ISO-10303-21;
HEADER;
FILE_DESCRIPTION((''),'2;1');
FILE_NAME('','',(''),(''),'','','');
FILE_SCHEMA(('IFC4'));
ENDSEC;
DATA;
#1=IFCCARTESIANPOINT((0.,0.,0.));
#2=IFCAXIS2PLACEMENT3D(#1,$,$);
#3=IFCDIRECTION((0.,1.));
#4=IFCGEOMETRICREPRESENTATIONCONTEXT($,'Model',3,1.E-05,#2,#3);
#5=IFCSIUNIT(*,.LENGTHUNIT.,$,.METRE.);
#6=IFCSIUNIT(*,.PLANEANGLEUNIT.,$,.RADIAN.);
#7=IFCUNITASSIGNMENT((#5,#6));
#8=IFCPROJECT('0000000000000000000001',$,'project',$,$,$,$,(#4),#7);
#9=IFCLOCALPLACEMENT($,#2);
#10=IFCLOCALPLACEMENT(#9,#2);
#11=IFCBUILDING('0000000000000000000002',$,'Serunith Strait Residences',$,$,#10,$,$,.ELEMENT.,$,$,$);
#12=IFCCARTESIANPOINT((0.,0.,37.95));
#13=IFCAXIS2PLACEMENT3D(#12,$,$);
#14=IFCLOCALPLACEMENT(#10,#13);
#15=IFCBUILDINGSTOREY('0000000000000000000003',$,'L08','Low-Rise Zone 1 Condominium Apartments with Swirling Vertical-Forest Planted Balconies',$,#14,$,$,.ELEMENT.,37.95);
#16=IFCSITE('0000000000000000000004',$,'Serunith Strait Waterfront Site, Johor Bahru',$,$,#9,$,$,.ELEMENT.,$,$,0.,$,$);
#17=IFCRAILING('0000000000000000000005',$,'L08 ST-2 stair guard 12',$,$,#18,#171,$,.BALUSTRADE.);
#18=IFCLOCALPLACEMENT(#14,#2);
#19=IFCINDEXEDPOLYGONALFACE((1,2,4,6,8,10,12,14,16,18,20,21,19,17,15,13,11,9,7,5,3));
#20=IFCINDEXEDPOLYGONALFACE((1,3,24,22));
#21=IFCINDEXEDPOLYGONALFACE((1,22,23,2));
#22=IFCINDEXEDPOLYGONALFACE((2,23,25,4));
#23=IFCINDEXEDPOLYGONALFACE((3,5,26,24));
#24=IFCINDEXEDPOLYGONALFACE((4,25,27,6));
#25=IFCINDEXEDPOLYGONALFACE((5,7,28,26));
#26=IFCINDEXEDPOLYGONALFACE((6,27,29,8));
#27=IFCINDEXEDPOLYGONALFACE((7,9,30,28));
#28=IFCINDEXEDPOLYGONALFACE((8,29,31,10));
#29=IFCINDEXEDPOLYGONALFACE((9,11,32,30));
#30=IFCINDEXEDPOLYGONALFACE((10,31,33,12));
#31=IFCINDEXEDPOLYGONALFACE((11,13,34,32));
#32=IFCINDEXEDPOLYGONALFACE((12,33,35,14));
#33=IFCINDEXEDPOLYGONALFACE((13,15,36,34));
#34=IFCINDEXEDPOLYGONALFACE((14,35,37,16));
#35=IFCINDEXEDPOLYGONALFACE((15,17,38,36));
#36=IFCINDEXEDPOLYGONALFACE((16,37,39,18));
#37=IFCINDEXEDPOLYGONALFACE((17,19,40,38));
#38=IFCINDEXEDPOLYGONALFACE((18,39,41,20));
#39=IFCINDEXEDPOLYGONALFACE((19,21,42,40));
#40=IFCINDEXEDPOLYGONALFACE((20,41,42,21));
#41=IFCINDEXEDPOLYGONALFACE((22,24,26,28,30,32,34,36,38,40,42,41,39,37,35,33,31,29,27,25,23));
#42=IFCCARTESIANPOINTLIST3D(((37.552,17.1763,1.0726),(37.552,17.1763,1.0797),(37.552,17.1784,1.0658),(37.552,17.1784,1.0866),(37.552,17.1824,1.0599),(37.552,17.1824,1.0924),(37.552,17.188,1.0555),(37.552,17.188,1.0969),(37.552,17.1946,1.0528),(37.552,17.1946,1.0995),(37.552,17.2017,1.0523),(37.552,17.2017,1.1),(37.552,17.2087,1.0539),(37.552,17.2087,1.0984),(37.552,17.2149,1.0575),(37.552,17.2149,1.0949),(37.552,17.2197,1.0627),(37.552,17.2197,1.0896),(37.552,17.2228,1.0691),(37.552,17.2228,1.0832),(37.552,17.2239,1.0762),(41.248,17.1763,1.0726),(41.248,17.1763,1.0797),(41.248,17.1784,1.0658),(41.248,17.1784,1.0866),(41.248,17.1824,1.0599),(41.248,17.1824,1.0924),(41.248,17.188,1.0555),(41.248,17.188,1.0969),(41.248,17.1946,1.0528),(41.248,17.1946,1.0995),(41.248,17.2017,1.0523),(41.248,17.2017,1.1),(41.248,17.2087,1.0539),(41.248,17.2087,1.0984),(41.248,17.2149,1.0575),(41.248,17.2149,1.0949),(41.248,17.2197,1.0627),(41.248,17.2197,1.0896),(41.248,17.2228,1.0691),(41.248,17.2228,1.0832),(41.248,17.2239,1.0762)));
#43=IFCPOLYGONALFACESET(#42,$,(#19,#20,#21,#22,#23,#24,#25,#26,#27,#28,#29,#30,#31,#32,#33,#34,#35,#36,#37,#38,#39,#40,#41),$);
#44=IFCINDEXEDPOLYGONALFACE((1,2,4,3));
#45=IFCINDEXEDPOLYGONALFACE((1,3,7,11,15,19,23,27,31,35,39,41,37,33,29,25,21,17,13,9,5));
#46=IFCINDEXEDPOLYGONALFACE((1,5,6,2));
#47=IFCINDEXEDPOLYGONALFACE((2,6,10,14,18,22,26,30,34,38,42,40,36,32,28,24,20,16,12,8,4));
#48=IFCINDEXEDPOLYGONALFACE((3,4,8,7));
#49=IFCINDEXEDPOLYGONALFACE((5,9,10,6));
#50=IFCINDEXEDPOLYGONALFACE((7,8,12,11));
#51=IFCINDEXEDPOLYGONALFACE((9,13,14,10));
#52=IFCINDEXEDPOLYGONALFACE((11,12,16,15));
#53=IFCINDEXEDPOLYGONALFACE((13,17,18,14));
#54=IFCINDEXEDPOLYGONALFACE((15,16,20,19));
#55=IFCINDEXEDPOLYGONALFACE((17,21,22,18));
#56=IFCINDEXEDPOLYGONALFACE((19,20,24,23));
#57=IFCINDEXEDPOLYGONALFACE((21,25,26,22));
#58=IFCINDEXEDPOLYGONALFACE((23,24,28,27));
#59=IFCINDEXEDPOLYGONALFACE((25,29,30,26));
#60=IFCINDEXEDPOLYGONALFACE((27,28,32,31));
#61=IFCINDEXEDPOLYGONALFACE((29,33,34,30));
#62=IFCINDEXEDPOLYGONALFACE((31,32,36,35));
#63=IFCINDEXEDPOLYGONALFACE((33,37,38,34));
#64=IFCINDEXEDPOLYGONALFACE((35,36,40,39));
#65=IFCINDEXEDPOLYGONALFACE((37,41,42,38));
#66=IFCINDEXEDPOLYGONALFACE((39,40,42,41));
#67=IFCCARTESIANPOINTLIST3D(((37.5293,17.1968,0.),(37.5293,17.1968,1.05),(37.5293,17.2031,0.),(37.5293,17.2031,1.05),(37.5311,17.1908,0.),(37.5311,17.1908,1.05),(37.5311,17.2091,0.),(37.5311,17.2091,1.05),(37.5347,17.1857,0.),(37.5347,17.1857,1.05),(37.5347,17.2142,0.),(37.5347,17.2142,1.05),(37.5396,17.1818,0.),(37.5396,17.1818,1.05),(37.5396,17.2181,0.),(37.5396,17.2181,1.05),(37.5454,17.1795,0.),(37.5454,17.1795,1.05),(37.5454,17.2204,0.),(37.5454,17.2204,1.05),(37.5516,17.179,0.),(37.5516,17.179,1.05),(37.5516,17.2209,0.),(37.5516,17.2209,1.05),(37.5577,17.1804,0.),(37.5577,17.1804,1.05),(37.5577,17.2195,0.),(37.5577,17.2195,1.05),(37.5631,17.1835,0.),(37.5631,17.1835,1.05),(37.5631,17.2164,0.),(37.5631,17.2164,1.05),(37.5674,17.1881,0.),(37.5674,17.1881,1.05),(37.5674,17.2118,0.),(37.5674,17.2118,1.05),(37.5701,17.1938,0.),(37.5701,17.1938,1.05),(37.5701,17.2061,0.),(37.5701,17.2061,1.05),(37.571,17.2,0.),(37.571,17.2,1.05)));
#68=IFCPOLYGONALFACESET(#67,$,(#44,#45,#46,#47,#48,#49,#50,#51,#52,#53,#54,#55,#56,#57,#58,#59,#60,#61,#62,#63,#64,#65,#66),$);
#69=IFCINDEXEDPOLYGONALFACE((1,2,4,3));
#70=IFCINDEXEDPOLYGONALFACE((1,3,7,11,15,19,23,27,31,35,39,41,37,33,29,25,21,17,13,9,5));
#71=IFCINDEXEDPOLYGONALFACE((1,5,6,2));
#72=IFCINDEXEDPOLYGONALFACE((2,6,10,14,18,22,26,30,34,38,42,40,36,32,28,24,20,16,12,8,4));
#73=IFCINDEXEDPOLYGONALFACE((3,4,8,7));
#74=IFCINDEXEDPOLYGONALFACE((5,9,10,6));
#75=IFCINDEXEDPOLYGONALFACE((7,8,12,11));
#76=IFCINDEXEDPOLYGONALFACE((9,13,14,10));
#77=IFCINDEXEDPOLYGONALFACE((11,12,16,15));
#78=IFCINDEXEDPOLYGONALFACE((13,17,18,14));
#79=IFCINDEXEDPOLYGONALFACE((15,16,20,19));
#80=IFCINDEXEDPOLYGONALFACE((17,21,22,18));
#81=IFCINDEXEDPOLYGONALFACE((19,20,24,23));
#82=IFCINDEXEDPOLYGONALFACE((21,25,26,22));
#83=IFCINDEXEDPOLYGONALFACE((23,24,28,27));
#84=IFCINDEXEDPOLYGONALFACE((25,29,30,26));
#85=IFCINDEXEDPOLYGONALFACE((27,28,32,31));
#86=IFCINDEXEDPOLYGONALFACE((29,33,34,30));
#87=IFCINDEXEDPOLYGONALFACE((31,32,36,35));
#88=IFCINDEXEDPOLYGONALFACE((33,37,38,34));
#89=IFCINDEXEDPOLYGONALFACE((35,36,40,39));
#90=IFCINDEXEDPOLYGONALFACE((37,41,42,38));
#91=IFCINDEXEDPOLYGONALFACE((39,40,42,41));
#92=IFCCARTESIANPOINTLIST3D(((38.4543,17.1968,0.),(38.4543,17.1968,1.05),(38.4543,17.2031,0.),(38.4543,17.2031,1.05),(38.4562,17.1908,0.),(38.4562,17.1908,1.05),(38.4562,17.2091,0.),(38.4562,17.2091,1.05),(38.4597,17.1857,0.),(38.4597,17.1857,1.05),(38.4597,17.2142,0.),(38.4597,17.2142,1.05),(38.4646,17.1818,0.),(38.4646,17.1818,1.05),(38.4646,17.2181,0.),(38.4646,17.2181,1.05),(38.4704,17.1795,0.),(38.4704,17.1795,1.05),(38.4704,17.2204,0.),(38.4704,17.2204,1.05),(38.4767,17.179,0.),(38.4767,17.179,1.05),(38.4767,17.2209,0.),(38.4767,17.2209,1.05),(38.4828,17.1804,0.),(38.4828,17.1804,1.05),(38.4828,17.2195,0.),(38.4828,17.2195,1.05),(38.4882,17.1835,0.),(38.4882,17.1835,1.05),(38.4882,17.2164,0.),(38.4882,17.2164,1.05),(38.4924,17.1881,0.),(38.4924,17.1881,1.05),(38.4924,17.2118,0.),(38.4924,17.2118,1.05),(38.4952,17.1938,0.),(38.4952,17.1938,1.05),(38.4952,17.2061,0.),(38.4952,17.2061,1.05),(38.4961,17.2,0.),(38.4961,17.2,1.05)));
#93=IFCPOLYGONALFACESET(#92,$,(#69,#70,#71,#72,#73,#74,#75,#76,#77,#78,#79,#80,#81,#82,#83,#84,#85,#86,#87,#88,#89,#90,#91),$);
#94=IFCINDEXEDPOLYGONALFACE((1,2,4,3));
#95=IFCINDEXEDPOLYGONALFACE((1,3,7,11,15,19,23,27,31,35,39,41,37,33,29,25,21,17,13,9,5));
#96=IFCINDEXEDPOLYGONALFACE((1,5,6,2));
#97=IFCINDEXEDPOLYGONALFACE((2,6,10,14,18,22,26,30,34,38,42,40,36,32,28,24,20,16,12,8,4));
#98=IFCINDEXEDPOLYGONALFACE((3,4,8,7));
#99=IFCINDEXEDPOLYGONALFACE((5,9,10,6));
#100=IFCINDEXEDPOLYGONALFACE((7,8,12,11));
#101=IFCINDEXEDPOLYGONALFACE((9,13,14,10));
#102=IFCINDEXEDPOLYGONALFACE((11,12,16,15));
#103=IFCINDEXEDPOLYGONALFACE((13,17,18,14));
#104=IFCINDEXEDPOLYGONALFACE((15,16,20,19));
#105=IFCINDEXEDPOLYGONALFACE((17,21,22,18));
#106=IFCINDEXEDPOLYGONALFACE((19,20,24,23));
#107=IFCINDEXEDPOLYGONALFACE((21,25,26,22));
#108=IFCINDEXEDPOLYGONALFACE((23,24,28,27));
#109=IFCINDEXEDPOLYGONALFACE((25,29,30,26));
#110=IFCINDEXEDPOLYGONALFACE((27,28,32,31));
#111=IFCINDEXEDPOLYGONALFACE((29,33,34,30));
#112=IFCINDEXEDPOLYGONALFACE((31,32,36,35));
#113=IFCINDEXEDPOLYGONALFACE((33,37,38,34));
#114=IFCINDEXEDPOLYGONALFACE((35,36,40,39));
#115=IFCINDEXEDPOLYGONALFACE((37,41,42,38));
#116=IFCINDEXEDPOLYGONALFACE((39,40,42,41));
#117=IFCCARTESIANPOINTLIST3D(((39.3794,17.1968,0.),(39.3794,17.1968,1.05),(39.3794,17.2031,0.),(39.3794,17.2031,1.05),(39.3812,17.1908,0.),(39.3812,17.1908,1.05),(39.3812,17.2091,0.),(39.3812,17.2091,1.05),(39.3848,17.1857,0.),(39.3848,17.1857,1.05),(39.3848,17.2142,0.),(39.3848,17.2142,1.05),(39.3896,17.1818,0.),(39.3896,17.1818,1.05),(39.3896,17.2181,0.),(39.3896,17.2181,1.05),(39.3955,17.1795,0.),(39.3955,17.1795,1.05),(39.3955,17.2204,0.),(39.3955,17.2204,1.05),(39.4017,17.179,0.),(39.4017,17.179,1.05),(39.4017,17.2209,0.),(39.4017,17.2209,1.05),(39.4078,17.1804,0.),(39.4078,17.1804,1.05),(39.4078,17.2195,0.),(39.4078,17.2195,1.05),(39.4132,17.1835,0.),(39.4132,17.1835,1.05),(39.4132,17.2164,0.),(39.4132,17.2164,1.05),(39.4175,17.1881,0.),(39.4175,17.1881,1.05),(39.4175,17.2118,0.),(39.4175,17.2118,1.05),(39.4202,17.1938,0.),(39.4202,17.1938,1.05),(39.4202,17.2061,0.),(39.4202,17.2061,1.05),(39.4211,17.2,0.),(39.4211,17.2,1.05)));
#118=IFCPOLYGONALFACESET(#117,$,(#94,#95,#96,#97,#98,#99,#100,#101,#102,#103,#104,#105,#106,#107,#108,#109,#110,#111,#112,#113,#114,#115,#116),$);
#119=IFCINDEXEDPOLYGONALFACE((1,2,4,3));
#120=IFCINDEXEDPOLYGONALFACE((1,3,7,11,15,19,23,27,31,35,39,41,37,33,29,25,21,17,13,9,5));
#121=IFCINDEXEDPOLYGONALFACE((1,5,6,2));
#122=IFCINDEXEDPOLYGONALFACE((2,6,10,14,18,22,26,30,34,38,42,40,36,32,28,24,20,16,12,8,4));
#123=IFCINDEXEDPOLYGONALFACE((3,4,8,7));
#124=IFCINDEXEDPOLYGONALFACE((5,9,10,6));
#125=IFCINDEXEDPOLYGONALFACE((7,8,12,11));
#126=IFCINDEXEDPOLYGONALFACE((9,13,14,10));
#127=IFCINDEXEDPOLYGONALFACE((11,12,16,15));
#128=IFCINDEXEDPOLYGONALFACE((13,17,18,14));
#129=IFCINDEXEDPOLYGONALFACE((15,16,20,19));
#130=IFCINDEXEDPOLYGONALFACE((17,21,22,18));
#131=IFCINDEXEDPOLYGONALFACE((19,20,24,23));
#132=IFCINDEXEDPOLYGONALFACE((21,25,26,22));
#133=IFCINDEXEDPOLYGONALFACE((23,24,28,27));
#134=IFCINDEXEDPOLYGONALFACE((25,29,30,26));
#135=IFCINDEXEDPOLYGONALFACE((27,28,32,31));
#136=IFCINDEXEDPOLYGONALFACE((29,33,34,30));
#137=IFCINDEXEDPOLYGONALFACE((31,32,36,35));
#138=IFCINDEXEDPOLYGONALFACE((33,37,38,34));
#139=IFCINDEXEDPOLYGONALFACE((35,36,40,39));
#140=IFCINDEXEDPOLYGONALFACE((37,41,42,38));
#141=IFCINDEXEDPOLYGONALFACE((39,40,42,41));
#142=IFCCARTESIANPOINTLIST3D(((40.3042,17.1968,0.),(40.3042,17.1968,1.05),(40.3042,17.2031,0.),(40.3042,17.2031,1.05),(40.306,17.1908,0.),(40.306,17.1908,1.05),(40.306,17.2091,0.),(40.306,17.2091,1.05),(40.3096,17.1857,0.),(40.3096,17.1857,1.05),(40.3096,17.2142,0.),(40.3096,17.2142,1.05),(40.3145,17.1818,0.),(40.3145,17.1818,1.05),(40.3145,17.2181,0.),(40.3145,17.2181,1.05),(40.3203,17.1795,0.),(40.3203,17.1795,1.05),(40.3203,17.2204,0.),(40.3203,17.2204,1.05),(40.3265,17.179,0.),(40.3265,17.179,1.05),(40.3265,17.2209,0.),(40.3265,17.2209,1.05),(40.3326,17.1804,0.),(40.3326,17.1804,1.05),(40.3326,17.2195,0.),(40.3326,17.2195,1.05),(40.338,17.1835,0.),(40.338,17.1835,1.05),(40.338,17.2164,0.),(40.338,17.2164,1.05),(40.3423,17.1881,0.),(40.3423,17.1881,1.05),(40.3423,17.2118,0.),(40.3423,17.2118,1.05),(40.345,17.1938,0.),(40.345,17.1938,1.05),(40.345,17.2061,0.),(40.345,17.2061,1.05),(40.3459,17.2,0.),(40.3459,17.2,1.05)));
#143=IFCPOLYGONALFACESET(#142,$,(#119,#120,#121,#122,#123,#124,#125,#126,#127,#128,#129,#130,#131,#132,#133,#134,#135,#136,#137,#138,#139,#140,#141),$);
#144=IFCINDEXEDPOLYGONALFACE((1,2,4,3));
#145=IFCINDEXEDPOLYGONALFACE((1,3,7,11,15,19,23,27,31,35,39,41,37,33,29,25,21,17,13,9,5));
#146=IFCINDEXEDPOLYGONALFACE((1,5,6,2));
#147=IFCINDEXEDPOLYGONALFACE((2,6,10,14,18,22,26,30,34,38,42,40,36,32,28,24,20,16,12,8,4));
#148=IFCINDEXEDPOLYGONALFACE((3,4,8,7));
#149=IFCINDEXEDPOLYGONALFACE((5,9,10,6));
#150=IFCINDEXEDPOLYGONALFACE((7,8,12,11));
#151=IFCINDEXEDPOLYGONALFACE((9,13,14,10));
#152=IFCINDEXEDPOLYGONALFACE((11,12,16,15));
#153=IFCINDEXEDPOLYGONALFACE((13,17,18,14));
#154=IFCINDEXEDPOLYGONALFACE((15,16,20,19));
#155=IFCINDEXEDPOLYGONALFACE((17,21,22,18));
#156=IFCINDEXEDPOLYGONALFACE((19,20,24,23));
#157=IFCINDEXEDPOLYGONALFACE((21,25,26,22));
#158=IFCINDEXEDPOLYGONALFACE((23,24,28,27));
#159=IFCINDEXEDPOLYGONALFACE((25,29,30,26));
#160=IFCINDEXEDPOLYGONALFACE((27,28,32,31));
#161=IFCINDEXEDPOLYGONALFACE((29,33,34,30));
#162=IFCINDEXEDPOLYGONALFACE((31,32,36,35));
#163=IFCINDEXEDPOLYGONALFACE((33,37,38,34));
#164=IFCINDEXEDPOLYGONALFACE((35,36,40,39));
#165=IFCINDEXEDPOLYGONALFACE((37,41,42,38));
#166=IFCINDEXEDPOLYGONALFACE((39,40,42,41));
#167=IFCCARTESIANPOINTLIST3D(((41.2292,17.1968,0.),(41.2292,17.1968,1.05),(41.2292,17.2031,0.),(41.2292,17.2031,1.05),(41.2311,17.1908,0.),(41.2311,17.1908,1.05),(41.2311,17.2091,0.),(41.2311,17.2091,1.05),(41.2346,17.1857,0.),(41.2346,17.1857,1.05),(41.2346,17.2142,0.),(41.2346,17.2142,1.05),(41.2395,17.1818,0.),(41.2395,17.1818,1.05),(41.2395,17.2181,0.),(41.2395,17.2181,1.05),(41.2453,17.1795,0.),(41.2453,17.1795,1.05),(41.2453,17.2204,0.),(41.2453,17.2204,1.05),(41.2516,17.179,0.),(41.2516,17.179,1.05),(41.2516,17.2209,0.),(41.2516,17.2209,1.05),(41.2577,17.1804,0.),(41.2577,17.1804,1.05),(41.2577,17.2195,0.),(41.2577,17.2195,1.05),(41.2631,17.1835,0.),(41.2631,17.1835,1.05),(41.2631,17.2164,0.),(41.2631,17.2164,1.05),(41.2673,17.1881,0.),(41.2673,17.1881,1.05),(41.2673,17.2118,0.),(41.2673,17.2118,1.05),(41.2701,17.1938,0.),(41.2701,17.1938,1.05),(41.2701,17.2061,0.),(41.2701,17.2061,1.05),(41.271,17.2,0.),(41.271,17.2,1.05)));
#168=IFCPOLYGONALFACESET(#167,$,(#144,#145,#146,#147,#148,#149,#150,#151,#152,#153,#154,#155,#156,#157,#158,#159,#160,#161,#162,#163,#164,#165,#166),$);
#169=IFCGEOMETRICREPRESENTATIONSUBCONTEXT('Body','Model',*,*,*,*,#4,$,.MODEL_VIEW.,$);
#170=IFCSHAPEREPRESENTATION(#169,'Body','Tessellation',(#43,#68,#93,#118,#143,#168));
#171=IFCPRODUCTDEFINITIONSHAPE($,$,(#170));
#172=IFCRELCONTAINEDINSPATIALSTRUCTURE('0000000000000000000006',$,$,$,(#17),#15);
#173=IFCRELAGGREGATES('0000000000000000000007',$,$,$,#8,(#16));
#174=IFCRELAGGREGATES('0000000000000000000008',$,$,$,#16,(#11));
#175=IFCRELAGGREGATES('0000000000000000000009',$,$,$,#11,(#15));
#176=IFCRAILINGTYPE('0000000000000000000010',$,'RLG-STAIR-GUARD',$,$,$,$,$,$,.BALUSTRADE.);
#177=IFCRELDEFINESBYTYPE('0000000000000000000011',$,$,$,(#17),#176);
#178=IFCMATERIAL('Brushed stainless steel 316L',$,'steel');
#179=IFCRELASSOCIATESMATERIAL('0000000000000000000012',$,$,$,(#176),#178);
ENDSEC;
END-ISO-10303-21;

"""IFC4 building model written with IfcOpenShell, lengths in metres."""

from ifc_helpers import new_model, si_unit, direction, frame, origin, origin_2d, place, context, subcontext, project, spatial, circle, extrude, material, type_object, element, save


model = new_model("IFC4")

# Units and contexts
model_context = context("Model", 3, precision=1e-05, world=origin(), true_north=direction((0.0, 1.0)))
body_context = subcontext(model_context, "Body", "Model", "MODEL_VIEW")
ifc_project = project(units=[si_unit("LENGTHUNIT", "METRE"), si_unit("PLANEANGLEUNIT", "RADIAN")], contexts=[model_context])

# Site, building, storey
site_placement = place(None, origin())
site = spatial("IfcSite", under=ifc_project, at=site_placement, Name="Serunith Strait Waterfront Site, Johor Bahru", CompositionType="ELEMENT", RefElevation=0.0)
building_placement = place(site_placement, origin())
building = spatial("IfcBuilding", under=site, at=building_placement, Name="Serunith Strait Residences", CompositionType="ELEMENT")
storey_placement = place(building_placement, frame((0.0, 0.0, 37.95)))
storey = spatial("IfcBuildingStorey", under=building, at=storey_placement, Name="L08", Description="Low-Rise Zone 1 Condominium Apartments with Swirling Vertical-Forest Planted Balconies", CompositionType="ELEMENT", Elevation=37.95)

# Railing
ifc_material_1 = material(Name="Brushed stainless steel 316L", Category="steel")
railing_type_1 = type_object("IfcRailingType", Name="RLG-STAIR-GUARD", PredefinedType="BALUSTRADE", material=ifc_material_1)
railing_1_placement = place(storey_placement, frame((37.55, 17.2, 0.0)))
element("IfcRailing", 1, at=railing_1_placement, inside=storey, type_object=railing_type_1, Name="L08 ST-2 stair guard 12", PredefinedType="BALUSTRADE", context=body_context, shape_type="SweptSolid", body=[
    extrude(circle(Radius=0.0239, at=origin_2d()), frame((0.002, 0.0, 1.0762), z_axis=(1.0, 0.0, 0.0), x_axis=(0.0, 1.0, 0.0)), (0.0, 0.0, 1.0), 3.696),
    extrude(circle(Radius=0.021, at=origin_2d()), origin(), (0.0, 0.0, 1.0), 1.05),
    extrude(circle(Radius=0.021, at=origin_2d()), frame((0.925, 0.0, 0.0)), (0.0, 0.0, 1.0), 1.05),
    extrude(circle(Radius=0.021, at=origin_2d()), frame((1.8501, 0.0, 0.0)), (0.0, 0.0, 1.0), 1.05),
    extrude(circle(Radius=0.021, at=origin_2d()), frame((2.7749, 0.0, 0.0)), (0.0, 0.0, 1.0), 1.05),
    extrude(circle(Radius=0.021, at=origin_2d()), frame((3.7, 0.0, 0.0)), (0.0, 0.0, 1.0), 1.05),
])

save(model, "model.ifc")
